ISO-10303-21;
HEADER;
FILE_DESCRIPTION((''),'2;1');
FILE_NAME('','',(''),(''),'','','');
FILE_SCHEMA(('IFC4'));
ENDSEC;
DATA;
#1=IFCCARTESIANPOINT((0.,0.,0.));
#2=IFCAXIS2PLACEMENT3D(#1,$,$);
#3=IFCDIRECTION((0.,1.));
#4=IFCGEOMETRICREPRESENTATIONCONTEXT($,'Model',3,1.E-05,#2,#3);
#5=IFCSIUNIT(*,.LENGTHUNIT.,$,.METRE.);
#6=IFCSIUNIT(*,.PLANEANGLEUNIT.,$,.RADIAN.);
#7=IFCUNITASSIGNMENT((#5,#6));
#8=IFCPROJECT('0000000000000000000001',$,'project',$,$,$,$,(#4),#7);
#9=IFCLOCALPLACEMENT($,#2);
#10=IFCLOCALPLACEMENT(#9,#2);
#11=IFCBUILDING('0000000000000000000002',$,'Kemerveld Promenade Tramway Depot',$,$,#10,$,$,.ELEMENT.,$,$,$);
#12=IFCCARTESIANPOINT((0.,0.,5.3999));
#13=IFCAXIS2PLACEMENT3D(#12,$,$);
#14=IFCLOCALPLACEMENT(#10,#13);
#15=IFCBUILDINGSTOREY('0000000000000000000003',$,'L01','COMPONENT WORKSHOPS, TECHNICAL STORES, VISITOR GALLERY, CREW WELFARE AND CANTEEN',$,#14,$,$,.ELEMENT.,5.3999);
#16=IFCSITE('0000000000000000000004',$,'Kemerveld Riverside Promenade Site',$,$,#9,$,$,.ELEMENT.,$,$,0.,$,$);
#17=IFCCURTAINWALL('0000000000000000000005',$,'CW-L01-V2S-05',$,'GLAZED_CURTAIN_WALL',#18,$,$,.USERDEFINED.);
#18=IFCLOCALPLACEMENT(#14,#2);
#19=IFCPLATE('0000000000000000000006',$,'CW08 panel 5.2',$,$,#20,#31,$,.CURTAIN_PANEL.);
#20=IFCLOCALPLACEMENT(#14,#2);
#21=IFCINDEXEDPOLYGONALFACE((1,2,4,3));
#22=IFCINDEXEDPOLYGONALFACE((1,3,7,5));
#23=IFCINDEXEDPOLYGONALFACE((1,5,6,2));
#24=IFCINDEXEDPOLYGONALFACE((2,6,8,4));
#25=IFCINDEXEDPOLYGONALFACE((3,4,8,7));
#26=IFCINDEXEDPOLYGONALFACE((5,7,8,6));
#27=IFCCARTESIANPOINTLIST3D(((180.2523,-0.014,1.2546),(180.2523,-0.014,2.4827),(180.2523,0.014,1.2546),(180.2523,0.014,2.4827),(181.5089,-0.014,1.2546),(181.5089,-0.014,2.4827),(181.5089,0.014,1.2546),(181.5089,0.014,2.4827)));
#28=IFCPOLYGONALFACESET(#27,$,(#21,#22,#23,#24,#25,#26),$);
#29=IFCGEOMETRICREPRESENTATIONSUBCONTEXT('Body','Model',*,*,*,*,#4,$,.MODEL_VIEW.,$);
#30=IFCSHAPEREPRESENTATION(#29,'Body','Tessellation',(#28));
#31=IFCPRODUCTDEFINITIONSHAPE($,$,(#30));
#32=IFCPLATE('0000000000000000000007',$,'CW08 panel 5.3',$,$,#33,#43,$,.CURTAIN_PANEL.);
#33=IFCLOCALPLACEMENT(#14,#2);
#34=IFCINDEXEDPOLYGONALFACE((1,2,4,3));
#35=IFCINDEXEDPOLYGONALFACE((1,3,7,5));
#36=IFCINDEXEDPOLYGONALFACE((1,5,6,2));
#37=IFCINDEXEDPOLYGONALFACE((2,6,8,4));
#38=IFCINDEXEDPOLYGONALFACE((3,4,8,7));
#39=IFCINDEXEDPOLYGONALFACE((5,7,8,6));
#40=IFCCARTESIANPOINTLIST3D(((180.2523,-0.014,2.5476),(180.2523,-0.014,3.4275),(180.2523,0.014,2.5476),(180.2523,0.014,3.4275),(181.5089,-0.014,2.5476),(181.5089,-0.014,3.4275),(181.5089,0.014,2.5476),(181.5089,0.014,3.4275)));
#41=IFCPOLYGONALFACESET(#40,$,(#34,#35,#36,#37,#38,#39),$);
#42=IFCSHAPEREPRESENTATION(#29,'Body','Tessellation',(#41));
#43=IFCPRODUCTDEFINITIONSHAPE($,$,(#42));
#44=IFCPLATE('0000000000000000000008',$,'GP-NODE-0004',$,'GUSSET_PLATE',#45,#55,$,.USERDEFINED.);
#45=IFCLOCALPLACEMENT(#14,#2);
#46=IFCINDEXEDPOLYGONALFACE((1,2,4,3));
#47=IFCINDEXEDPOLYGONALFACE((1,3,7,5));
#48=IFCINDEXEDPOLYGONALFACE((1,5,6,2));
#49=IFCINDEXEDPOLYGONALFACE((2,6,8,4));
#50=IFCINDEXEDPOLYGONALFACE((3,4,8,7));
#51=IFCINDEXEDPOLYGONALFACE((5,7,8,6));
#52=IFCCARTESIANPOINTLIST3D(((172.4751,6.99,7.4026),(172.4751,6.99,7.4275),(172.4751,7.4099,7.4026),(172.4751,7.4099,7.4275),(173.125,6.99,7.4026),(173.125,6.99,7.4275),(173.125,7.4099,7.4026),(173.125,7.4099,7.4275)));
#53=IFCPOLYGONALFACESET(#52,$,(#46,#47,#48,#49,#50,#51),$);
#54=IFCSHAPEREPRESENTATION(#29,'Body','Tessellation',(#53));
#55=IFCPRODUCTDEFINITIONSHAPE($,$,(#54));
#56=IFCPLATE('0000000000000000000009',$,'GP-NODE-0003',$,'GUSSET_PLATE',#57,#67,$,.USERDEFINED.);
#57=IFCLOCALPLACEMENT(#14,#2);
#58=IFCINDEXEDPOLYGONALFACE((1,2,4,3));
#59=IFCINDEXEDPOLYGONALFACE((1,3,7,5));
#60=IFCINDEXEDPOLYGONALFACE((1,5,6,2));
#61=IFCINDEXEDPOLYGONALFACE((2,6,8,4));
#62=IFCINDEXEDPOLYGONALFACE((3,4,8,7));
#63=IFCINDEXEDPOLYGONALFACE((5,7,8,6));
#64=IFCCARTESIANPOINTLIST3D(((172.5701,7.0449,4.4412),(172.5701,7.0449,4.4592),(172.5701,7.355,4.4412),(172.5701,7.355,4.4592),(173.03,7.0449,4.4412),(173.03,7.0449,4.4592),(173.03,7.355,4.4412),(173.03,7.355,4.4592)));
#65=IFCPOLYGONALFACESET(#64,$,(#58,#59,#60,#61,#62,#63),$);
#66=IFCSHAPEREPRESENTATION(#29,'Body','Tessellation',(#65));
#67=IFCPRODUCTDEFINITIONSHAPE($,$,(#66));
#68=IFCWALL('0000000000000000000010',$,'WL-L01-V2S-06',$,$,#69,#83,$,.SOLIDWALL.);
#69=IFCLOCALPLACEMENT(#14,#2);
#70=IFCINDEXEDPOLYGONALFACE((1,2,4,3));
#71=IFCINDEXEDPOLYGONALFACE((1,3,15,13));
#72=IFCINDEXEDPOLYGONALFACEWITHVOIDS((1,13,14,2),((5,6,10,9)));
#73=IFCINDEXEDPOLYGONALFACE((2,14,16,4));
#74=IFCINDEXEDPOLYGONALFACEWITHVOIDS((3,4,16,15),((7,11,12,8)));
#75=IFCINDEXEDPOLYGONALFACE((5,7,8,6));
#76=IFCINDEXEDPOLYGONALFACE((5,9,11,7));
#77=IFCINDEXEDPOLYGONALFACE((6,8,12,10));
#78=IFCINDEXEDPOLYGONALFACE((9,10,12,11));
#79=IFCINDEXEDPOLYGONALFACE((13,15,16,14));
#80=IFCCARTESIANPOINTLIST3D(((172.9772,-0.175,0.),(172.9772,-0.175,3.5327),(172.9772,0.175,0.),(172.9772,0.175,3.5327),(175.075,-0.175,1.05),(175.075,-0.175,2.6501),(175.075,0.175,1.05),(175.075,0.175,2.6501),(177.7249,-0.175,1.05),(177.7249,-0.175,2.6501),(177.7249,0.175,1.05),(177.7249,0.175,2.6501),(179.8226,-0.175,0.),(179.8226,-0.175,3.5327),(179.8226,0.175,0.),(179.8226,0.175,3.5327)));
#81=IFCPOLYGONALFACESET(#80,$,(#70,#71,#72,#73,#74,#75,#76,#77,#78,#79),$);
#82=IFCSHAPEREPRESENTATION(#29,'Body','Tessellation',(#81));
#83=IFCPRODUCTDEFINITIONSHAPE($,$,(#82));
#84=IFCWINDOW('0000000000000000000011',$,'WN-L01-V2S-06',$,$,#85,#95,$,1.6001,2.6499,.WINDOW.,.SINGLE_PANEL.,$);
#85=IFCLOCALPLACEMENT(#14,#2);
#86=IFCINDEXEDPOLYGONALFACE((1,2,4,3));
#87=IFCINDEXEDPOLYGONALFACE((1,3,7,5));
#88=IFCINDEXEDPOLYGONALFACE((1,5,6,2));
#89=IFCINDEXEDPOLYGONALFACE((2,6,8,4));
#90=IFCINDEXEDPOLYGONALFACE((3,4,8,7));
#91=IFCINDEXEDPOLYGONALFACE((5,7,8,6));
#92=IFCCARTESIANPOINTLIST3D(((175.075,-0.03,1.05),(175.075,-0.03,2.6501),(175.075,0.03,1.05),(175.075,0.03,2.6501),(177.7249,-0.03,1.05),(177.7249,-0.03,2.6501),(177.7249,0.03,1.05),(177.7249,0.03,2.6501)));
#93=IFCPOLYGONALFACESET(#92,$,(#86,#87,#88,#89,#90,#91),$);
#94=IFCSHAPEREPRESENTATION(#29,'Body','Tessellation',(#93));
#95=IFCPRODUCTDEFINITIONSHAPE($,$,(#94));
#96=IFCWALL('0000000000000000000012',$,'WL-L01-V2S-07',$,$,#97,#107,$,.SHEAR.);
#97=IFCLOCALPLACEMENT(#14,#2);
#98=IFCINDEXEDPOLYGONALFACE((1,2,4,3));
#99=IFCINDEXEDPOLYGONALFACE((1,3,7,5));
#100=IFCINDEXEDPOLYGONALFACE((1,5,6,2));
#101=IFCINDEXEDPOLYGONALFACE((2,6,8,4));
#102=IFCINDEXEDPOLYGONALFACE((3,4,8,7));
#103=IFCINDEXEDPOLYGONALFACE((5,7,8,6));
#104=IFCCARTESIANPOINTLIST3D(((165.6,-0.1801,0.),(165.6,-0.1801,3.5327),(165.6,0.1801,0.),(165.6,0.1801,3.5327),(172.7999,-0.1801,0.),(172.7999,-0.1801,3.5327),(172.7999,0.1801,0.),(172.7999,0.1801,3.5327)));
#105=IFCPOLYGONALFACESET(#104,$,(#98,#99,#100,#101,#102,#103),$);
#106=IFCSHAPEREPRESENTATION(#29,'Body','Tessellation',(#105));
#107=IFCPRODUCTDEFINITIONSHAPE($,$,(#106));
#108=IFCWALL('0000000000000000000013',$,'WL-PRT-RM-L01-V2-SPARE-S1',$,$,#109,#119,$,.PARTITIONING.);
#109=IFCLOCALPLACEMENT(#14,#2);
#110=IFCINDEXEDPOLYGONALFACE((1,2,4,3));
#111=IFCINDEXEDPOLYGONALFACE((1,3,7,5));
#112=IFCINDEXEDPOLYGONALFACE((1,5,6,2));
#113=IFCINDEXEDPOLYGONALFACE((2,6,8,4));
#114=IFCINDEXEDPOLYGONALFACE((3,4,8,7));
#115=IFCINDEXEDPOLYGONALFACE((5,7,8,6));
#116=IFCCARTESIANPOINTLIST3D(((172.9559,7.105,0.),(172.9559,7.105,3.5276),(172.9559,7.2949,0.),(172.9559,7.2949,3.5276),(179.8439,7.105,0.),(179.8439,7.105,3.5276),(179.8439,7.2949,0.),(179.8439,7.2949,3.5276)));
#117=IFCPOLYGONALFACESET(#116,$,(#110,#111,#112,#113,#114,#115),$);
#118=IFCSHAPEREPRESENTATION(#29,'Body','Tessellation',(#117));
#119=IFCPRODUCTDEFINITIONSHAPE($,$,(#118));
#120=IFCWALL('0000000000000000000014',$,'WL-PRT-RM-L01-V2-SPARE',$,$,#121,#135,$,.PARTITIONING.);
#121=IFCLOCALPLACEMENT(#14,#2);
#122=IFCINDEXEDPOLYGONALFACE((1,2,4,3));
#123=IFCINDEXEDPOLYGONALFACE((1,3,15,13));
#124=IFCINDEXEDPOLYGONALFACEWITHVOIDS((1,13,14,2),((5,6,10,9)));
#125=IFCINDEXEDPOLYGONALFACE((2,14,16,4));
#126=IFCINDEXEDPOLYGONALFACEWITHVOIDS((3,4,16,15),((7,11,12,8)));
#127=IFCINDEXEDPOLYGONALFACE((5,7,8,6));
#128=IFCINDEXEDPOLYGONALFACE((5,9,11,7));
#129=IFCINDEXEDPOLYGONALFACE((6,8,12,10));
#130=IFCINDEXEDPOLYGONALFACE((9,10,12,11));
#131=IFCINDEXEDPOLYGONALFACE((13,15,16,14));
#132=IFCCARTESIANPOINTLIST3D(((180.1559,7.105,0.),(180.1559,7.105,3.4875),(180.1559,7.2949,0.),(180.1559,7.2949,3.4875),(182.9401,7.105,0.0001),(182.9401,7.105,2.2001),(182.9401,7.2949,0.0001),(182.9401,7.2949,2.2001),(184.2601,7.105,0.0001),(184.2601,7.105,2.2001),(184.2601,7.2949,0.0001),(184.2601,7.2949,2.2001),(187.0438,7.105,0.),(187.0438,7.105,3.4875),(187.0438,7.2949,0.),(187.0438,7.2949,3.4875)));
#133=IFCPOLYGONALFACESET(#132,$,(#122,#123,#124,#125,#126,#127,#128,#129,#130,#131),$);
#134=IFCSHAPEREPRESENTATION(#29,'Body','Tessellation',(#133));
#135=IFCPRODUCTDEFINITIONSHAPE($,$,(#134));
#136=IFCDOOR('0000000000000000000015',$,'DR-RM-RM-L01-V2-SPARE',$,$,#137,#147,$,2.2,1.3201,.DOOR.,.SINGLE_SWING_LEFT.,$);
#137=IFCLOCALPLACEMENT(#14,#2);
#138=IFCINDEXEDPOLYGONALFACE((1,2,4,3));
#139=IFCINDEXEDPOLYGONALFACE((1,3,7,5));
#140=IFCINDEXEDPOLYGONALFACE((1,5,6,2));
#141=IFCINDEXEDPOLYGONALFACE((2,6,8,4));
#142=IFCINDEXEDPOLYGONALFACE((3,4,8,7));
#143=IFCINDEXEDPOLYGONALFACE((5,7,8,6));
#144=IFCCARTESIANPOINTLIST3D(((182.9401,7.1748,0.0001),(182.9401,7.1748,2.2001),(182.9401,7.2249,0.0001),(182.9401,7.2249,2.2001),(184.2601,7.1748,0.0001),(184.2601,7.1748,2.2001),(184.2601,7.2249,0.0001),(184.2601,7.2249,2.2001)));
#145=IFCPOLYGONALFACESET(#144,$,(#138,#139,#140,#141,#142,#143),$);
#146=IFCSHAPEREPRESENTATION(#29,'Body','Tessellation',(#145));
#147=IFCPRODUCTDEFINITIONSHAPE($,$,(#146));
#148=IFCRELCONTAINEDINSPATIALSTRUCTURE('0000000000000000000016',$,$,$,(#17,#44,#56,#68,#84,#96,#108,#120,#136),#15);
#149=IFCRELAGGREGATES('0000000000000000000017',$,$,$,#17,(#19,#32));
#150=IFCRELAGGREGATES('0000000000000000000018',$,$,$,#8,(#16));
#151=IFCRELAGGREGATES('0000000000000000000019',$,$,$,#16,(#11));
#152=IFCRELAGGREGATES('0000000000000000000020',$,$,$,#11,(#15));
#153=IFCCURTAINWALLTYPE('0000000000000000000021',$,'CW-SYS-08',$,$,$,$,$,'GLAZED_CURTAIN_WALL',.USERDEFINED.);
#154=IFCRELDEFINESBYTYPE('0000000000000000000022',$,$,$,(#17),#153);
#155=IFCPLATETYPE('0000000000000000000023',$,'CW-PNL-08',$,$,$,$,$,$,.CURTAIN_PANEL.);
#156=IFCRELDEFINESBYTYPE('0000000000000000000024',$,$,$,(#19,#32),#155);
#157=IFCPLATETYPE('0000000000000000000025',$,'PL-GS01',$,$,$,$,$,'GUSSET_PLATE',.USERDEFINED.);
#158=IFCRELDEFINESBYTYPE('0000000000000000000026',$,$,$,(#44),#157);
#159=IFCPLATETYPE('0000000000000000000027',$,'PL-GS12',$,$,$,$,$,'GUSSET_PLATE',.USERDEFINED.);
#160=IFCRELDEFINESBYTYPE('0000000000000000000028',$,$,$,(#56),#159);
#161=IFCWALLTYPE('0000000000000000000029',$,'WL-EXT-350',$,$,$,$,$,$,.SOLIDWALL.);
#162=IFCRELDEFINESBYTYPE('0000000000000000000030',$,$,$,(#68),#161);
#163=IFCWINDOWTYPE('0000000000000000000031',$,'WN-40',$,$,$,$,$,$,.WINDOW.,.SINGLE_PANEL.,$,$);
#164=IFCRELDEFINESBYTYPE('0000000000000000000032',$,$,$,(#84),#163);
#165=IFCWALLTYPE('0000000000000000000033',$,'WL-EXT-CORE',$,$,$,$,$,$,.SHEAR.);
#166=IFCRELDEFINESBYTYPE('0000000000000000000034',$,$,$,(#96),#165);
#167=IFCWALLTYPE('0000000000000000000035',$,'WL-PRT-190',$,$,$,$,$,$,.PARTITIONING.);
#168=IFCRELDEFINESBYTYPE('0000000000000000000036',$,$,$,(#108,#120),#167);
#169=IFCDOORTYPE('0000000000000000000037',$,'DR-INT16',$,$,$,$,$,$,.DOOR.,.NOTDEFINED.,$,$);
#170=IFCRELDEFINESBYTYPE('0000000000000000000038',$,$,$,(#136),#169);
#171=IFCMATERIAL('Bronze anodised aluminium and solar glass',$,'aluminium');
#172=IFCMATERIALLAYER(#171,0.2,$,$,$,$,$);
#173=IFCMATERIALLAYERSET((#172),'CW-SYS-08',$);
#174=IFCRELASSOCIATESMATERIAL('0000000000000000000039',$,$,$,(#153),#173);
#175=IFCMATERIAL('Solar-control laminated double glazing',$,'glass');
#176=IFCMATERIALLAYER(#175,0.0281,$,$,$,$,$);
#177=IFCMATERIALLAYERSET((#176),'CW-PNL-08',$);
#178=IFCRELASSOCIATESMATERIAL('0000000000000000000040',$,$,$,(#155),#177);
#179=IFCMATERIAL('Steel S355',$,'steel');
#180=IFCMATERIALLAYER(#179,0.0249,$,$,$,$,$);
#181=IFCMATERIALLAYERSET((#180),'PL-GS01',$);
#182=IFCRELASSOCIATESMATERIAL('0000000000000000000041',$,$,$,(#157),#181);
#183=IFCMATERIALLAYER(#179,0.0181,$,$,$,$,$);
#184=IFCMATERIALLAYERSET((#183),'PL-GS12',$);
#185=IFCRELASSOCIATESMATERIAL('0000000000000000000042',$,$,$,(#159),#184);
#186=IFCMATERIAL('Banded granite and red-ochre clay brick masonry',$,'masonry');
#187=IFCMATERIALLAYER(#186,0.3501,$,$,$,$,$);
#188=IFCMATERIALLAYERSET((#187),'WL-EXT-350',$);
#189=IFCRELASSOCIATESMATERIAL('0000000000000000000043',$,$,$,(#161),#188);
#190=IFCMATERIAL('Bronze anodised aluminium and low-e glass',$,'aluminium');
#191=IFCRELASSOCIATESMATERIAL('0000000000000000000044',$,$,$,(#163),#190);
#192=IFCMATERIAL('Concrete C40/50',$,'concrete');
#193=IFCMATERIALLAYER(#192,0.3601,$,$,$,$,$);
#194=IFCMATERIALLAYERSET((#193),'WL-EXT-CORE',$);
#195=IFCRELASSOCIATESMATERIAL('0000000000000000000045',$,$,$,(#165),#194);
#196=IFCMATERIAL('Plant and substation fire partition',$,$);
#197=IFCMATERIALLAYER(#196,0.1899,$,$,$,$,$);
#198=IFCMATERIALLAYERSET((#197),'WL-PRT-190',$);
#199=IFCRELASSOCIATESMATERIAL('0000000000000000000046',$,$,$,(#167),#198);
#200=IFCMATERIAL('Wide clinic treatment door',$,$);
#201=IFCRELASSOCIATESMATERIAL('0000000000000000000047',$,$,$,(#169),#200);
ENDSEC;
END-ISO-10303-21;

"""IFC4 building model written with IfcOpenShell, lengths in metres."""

from ifc_helpers import new_model, si_unit, direction, frame, frame_2d, origin, origin_2d, place, context, subcontext, project, spatial, rectangle, extrude, material, layer, layer_set, type_object, element, fill, aggregate, save


model = new_model("IFC4")

# Units and contexts
model_context = context("Model", 3, precision=1e-05, world=origin(), true_north=direction((0.0, 1.0)))
body_context = subcontext(model_context, "Body", "Model", "MODEL_VIEW")
ifc_project = project(units=[si_unit("LENGTHUNIT", "METRE"), si_unit("PLANEANGLEUNIT", "RADIAN")], contexts=[model_context])

# Site, building, storey
site_placement = place(None, origin())
site = spatial("IfcSite", under=ifc_project, at=site_placement, Name="Kemerveld Riverside Promenade Site", CompositionType="ELEMENT", RefElevation=0.0)
building_placement = place(site_placement, origin())
building = spatial("IfcBuilding", under=site, at=building_placement, Name="Kemerveld Promenade Tramway Depot", CompositionType="ELEMENT")
storey_placement = place(building_placement, frame((0.0, 0.0, 5.3999)))
storey = spatial("IfcBuildingStorey", under=building, at=storey_placement, Name="L01", Description="COMPONENT WORKSHOPS, TECHNICAL STORES, VISITOR GALLERY, CREW WELFARE AND CANTEEN", CompositionType="ELEMENT", Elevation=5.3999)

# Shared definitions
ifc_material_1 = material(Name="Steel S355", Category="steel")

# Curtain wall
ifc_material_2 = material(Name="Bronze anodised aluminium and solar glass", Category="aluminium")
ifc_layer_1 = layer(ifc_material_2, 0.2)
ifc_layer_set_1 = layer_set([ifc_layer_1], Name="CW-SYS-08")
curtain_wall_type = type_object("IfcCurtainWallType", Name="CW-SYS-08", ElementType="GLAZED_CURTAIN_WALL", PredefinedType="USERDEFINED", material=ifc_layer_set_1)
curtain_wall_placement = place(storey_placement, origin())
curtain_wall = element("IfcCurtainWall", 1, at=curtain_wall_placement, inside=storey, type_object=curtain_wall_type, Name="CW-L01-V2S-05", ObjectType="GLAZED_CURTAIN_WALL", PredefinedType="USERDEFINED")

# Plates
ifc_material_3 = material(Name="Solar-control laminated double glazing", Category="glass")
ifc_layer_2 = layer(ifc_material_3, 0.0281)
ifc_layer_set_2 = layer_set([ifc_layer_2], Name="CW-PNL-08")
plate_type_1 = type_object("IfcPlateType", Name="CW-PNL-08", PredefinedType="CURTAIN_PANEL", material=ifc_layer_set_2)
plate_1_placement = place(storey_placement, frame((180.8806, 0.0, 1.2546), z_axis=(0.0, 0.0, 1.0), x_axis=(-1.0, 0.0, 0.0)))
plate_1 = element("IfcPlate", 2, at=plate_1_placement, type_object=plate_type_1, Name="CW08 panel 5.2", PredefinedType="CURTAIN_PANEL", context=body_context, shape_type="SweptSolid", body=[
    extrude(rectangle(XDim=1.2566, YDim=0.0281, at=origin_2d()), origin(), (0.0, 0.0, 1.0), 1.228),
])
plate_2_placement = place(storey_placement, frame((180.8806, 0.0, 2.5476), z_axis=(0.0, 0.0, 1.0), x_axis=(-1.0, 0.0, 0.0)))
plate_2 = element("IfcPlate", 3, at=plate_2_placement, type_object=plate_type_1, Name="CW08 panel 5.3", PredefinedType="CURTAIN_PANEL", context=body_context, shape_type="SweptSolid", body=[
    extrude(rectangle(XDim=1.2566, YDim=0.0281, at=origin_2d()), origin(), (0.0, 0.0, 1.0), 0.8799),
])
aggregate(curtain_wall, [plate_1, plate_2])

# Plates
ifc_layer_3 = layer(ifc_material_1, 0.0249)
ifc_layer_set_3 = layer_set([ifc_layer_3], Name="PL-GS01")
plate_type_2 = type_object("IfcPlateType", Name="PL-GS01", ElementType="GUSSET_PLATE", PredefinedType="USERDEFINED", material=ifc_layer_set_3)
plate_3_placement = place(storey_placement, frame((172.8, 7.2, 7.4026), z_axis=(0.0, 0.0, 1.0), x_axis=(1.0, 0.0, 0.0)))
element("IfcPlate", 4, at=plate_3_placement, inside=storey, type_object=plate_type_2, Name="GP-NODE-0004", ObjectType="GUSSET_PLATE", PredefinedType="USERDEFINED", context=body_context, shape_type="SweptSolid", body=[
    extrude(rectangle(XDim=0.6499, YDim=0.4199, at=origin_2d()), origin(), (0.0, 0.0, 1.0), 0.0249),
])
ifc_layer_4 = layer(ifc_material_1, 0.0181)
ifc_layer_set_4 = layer_set([ifc_layer_4], Name="PL-GS12")
plate_type_3 = type_object("IfcPlateType", Name="PL-GS12", ElementType="GUSSET_PLATE", PredefinedType="USERDEFINED", material=ifc_layer_set_4)
plate_4_placement = place(storey_placement, frame((172.8, 7.2, 4.4412), z_axis=(0.0, 0.0, 1.0), x_axis=(1.0, 0.0, 0.0)))
element("IfcPlate", 5, at=plate_4_placement, inside=storey, type_object=plate_type_3, Name="GP-NODE-0003", ObjectType="GUSSET_PLATE", PredefinedType="USERDEFINED", context=body_context, shape_type="SweptSolid", body=[
    extrude(rectangle(XDim=0.46, YDim=0.3101, at=origin_2d()), origin(), (0.0, 0.0, 1.0), 0.0181),
])

# Wall, opening, window
ifc_material_4 = material(Name="Banded granite and red-ochre clay brick masonry", Category="masonry")
ifc_layer_5 = layer(ifc_material_4, 0.3501)
ifc_layer_set_5 = layer_set([ifc_layer_5], Name="WL-EXT-350")
wall_type_1 = type_object("IfcWallType", Name="WL-EXT-350", PredefinedType="SOLIDWALL", material=ifc_layer_set_5)
wall_1_placement = place(storey_placement, frame((179.8228, 0.0, 0.0), z_axis=(0.0, 0.0, 1.0), x_axis=(-1.0, 0.0, 0.0)))
wall_1 = element("IfcWall", 6, at=wall_1_placement, inside=storey, type_object=wall_type_1, Name="WL-L01-V2S-06", PredefinedType="SOLIDWALL", context=body_context, shape_type="SweptSolid", body=[
    extrude(rectangle(XDim=6.8455, YDim=0.3501, at=frame_2d((3.4229, 0.0))), origin(), (0.0, 0.0, 1.0), 3.5327),
])
opening_1_placement = place(wall_1_placement, frame((2.0979, 0.0, 1.05)))
opening_1 = element("IfcOpeningElement", 7, at=opening_1_placement, cuts=wall_1, PredefinedType="OPENING", context=body_context, shape_type="SweptSolid", body=[
    extrude(rectangle(XDim=2.6499, YDim=1.6001, at=frame_2d((1.325, 0.8))), frame((0.0, 0.1851, 0.0), z_axis=(0.0, -1.0, 0.0), x_axis=(1.0, 0.0, 0.0)), (0.0, 0.0, 1.0), 0.3701),
])
ifc_material_5 = material(Name="Bronze anodised aluminium and low-e glass", Category="aluminium")
window_type = type_object("IfcWindowType", Name="WN-40", PartitioningType="SINGLE_PANEL", PredefinedType="WINDOW", material=ifc_material_5)
window_placement = place(opening_1_placement, origin())
window = element("IfcWindow", 8, at=window_placement, inside=storey, type_object=window_type, Name="WN-L01-V2S-06", OverallHeight=1.6001, OverallWidth=2.6499, PartitioningType="SINGLE_PANEL", PredefinedType="WINDOW", context=body_context, shape_type="SweptSolid", body=[
    extrude(rectangle(XDim=2.6499, YDim=1.6001, at=frame_2d((1.325, 0.8))), frame((0.0, 0.03, 0.0), z_axis=(0.0, -1.0, 0.0), x_axis=(1.0, 0.0, 0.0)), (0.0, 0.0, 1.0), 0.0601),
])
fill(opening_1, window)

# Walls
ifc_material_6 = material(Name="Concrete C40/50", Category="concrete")
ifc_layer_6 = layer(ifc_material_6, 0.3601)
ifc_layer_set_6 = layer_set([ifc_layer_6], Name="WL-EXT-CORE")
wall_type_2 = type_object("IfcWallType", Name="WL-EXT-CORE", PredefinedType="SHEAR", material=ifc_layer_set_6)
wall_2_placement = place(storey_placement, frame((172.8, 0.0, 0.0), z_axis=(0.0, 0.0, 1.0), x_axis=(-1.0, 0.0, 0.0)))
element("IfcWall", 9, at=wall_2_placement, inside=storey, type_object=wall_type_2, Name="WL-L01-V2S-07", PredefinedType="SHEAR", context=body_context, shape_type="SweptSolid", body=[
    extrude(rectangle(XDim=7.2, YDim=0.3601, at=frame_2d((3.6001, 0.0))), origin(), (0.0, 0.0, 1.0), 3.5327),
])
ifc_material_7 = material(Name="Plant and substation fire partition")
ifc_layer_7 = layer(ifc_material_7, 0.1899)
ifc_layer_set_7 = layer_set([ifc_layer_7], Name="WL-PRT-190")
wall_type_3 = type_object("IfcWallType", Name="WL-PRT-190", PredefinedType="PARTITIONING", material=ifc_layer_set_7)
wall_3_placement = place(storey_placement, frame((172.9561, 7.2, 0.0), z_axis=(0.0, 0.0, 1.0), x_axis=(1.0, 0.0, 0.0)))
element("IfcWall", 10, at=wall_3_placement, inside=storey, type_object=wall_type_3, Name="WL-PRT-RM-L01-V2-SPARE-S1", PredefinedType="PARTITIONING", context=body_context, shape_type="SweptSolid", body=[
    extrude(rectangle(XDim=6.8879, YDim=0.1899, at=frame_2d((3.4438, 0.0))), origin(), (0.0, 0.0, 1.0), 3.5276),
])

# Wall, opening, door
wall_4_placement = place(storey_placement, frame((180.156, 7.2, 0.0), z_axis=(0.0, 0.0, 1.0), x_axis=(1.0, 0.0, 0.0)))
wall_4 = element("IfcWall", 11, at=wall_4_placement, inside=storey, type_object=wall_type_3, Name="WL-PRT-RM-L01-V2-SPARE", PredefinedType="PARTITIONING", context=body_context, shape_type="SweptSolid", body=[
    extrude(rectangle(XDim=6.8879, YDim=0.1899, at=frame_2d((3.4438, 0.0))), origin(), (0.0, 0.0, 1.0), 3.4875),
])
opening_2_placement = place(wall_4_placement, frame((2.7839, 0.0, 0.0)))
opening_2 = element("IfcOpeningElement", 12, at=opening_2_placement, cuts=wall_4, PredefinedType="OPENING", context=body_context, shape_type="SweptSolid", body=[
    extrude(rectangle(XDim=1.3201, YDim=2.2, at=frame_2d((0.6602, 1.1001))), frame((0.0, 0.105, 0.0), z_axis=(0.0, -1.0, 0.0), x_axis=(1.0, 0.0, 0.0)), (0.0, 0.0, 1.0), 0.21),
])
ifc_material_8 = material(Name="Wide clinic treatment door")
door_type = type_object("IfcDoorType", Name="DR-INT16", OperationType="NOTDEFINED", PredefinedType="DOOR", material=ifc_material_8)
door_placement = place(opening_2_placement, origin())
door = element("IfcDoor", 13, at=door_placement, inside=storey, type_object=door_type, Name="DR-RM-RM-L01-V2-SPARE", OperationType="SINGLE_SWING_LEFT", OverallHeight=2.2, OverallWidth=1.3201, PredefinedType="DOOR", context=body_context, shape_type="SweptSolid", body=[
    extrude(rectangle(XDim=1.3201, YDim=2.2, at=frame_2d((0.6602, 1.1001))), frame((0.0, 0.0249, 0.0), z_axis=(0.0, -1.0, 0.0), x_axis=(1.0, 0.0, 0.0)), (0.0, 0.0, 1.0), 0.05),
])
fill(opening_2, door)

save(model, "model.ifc")
